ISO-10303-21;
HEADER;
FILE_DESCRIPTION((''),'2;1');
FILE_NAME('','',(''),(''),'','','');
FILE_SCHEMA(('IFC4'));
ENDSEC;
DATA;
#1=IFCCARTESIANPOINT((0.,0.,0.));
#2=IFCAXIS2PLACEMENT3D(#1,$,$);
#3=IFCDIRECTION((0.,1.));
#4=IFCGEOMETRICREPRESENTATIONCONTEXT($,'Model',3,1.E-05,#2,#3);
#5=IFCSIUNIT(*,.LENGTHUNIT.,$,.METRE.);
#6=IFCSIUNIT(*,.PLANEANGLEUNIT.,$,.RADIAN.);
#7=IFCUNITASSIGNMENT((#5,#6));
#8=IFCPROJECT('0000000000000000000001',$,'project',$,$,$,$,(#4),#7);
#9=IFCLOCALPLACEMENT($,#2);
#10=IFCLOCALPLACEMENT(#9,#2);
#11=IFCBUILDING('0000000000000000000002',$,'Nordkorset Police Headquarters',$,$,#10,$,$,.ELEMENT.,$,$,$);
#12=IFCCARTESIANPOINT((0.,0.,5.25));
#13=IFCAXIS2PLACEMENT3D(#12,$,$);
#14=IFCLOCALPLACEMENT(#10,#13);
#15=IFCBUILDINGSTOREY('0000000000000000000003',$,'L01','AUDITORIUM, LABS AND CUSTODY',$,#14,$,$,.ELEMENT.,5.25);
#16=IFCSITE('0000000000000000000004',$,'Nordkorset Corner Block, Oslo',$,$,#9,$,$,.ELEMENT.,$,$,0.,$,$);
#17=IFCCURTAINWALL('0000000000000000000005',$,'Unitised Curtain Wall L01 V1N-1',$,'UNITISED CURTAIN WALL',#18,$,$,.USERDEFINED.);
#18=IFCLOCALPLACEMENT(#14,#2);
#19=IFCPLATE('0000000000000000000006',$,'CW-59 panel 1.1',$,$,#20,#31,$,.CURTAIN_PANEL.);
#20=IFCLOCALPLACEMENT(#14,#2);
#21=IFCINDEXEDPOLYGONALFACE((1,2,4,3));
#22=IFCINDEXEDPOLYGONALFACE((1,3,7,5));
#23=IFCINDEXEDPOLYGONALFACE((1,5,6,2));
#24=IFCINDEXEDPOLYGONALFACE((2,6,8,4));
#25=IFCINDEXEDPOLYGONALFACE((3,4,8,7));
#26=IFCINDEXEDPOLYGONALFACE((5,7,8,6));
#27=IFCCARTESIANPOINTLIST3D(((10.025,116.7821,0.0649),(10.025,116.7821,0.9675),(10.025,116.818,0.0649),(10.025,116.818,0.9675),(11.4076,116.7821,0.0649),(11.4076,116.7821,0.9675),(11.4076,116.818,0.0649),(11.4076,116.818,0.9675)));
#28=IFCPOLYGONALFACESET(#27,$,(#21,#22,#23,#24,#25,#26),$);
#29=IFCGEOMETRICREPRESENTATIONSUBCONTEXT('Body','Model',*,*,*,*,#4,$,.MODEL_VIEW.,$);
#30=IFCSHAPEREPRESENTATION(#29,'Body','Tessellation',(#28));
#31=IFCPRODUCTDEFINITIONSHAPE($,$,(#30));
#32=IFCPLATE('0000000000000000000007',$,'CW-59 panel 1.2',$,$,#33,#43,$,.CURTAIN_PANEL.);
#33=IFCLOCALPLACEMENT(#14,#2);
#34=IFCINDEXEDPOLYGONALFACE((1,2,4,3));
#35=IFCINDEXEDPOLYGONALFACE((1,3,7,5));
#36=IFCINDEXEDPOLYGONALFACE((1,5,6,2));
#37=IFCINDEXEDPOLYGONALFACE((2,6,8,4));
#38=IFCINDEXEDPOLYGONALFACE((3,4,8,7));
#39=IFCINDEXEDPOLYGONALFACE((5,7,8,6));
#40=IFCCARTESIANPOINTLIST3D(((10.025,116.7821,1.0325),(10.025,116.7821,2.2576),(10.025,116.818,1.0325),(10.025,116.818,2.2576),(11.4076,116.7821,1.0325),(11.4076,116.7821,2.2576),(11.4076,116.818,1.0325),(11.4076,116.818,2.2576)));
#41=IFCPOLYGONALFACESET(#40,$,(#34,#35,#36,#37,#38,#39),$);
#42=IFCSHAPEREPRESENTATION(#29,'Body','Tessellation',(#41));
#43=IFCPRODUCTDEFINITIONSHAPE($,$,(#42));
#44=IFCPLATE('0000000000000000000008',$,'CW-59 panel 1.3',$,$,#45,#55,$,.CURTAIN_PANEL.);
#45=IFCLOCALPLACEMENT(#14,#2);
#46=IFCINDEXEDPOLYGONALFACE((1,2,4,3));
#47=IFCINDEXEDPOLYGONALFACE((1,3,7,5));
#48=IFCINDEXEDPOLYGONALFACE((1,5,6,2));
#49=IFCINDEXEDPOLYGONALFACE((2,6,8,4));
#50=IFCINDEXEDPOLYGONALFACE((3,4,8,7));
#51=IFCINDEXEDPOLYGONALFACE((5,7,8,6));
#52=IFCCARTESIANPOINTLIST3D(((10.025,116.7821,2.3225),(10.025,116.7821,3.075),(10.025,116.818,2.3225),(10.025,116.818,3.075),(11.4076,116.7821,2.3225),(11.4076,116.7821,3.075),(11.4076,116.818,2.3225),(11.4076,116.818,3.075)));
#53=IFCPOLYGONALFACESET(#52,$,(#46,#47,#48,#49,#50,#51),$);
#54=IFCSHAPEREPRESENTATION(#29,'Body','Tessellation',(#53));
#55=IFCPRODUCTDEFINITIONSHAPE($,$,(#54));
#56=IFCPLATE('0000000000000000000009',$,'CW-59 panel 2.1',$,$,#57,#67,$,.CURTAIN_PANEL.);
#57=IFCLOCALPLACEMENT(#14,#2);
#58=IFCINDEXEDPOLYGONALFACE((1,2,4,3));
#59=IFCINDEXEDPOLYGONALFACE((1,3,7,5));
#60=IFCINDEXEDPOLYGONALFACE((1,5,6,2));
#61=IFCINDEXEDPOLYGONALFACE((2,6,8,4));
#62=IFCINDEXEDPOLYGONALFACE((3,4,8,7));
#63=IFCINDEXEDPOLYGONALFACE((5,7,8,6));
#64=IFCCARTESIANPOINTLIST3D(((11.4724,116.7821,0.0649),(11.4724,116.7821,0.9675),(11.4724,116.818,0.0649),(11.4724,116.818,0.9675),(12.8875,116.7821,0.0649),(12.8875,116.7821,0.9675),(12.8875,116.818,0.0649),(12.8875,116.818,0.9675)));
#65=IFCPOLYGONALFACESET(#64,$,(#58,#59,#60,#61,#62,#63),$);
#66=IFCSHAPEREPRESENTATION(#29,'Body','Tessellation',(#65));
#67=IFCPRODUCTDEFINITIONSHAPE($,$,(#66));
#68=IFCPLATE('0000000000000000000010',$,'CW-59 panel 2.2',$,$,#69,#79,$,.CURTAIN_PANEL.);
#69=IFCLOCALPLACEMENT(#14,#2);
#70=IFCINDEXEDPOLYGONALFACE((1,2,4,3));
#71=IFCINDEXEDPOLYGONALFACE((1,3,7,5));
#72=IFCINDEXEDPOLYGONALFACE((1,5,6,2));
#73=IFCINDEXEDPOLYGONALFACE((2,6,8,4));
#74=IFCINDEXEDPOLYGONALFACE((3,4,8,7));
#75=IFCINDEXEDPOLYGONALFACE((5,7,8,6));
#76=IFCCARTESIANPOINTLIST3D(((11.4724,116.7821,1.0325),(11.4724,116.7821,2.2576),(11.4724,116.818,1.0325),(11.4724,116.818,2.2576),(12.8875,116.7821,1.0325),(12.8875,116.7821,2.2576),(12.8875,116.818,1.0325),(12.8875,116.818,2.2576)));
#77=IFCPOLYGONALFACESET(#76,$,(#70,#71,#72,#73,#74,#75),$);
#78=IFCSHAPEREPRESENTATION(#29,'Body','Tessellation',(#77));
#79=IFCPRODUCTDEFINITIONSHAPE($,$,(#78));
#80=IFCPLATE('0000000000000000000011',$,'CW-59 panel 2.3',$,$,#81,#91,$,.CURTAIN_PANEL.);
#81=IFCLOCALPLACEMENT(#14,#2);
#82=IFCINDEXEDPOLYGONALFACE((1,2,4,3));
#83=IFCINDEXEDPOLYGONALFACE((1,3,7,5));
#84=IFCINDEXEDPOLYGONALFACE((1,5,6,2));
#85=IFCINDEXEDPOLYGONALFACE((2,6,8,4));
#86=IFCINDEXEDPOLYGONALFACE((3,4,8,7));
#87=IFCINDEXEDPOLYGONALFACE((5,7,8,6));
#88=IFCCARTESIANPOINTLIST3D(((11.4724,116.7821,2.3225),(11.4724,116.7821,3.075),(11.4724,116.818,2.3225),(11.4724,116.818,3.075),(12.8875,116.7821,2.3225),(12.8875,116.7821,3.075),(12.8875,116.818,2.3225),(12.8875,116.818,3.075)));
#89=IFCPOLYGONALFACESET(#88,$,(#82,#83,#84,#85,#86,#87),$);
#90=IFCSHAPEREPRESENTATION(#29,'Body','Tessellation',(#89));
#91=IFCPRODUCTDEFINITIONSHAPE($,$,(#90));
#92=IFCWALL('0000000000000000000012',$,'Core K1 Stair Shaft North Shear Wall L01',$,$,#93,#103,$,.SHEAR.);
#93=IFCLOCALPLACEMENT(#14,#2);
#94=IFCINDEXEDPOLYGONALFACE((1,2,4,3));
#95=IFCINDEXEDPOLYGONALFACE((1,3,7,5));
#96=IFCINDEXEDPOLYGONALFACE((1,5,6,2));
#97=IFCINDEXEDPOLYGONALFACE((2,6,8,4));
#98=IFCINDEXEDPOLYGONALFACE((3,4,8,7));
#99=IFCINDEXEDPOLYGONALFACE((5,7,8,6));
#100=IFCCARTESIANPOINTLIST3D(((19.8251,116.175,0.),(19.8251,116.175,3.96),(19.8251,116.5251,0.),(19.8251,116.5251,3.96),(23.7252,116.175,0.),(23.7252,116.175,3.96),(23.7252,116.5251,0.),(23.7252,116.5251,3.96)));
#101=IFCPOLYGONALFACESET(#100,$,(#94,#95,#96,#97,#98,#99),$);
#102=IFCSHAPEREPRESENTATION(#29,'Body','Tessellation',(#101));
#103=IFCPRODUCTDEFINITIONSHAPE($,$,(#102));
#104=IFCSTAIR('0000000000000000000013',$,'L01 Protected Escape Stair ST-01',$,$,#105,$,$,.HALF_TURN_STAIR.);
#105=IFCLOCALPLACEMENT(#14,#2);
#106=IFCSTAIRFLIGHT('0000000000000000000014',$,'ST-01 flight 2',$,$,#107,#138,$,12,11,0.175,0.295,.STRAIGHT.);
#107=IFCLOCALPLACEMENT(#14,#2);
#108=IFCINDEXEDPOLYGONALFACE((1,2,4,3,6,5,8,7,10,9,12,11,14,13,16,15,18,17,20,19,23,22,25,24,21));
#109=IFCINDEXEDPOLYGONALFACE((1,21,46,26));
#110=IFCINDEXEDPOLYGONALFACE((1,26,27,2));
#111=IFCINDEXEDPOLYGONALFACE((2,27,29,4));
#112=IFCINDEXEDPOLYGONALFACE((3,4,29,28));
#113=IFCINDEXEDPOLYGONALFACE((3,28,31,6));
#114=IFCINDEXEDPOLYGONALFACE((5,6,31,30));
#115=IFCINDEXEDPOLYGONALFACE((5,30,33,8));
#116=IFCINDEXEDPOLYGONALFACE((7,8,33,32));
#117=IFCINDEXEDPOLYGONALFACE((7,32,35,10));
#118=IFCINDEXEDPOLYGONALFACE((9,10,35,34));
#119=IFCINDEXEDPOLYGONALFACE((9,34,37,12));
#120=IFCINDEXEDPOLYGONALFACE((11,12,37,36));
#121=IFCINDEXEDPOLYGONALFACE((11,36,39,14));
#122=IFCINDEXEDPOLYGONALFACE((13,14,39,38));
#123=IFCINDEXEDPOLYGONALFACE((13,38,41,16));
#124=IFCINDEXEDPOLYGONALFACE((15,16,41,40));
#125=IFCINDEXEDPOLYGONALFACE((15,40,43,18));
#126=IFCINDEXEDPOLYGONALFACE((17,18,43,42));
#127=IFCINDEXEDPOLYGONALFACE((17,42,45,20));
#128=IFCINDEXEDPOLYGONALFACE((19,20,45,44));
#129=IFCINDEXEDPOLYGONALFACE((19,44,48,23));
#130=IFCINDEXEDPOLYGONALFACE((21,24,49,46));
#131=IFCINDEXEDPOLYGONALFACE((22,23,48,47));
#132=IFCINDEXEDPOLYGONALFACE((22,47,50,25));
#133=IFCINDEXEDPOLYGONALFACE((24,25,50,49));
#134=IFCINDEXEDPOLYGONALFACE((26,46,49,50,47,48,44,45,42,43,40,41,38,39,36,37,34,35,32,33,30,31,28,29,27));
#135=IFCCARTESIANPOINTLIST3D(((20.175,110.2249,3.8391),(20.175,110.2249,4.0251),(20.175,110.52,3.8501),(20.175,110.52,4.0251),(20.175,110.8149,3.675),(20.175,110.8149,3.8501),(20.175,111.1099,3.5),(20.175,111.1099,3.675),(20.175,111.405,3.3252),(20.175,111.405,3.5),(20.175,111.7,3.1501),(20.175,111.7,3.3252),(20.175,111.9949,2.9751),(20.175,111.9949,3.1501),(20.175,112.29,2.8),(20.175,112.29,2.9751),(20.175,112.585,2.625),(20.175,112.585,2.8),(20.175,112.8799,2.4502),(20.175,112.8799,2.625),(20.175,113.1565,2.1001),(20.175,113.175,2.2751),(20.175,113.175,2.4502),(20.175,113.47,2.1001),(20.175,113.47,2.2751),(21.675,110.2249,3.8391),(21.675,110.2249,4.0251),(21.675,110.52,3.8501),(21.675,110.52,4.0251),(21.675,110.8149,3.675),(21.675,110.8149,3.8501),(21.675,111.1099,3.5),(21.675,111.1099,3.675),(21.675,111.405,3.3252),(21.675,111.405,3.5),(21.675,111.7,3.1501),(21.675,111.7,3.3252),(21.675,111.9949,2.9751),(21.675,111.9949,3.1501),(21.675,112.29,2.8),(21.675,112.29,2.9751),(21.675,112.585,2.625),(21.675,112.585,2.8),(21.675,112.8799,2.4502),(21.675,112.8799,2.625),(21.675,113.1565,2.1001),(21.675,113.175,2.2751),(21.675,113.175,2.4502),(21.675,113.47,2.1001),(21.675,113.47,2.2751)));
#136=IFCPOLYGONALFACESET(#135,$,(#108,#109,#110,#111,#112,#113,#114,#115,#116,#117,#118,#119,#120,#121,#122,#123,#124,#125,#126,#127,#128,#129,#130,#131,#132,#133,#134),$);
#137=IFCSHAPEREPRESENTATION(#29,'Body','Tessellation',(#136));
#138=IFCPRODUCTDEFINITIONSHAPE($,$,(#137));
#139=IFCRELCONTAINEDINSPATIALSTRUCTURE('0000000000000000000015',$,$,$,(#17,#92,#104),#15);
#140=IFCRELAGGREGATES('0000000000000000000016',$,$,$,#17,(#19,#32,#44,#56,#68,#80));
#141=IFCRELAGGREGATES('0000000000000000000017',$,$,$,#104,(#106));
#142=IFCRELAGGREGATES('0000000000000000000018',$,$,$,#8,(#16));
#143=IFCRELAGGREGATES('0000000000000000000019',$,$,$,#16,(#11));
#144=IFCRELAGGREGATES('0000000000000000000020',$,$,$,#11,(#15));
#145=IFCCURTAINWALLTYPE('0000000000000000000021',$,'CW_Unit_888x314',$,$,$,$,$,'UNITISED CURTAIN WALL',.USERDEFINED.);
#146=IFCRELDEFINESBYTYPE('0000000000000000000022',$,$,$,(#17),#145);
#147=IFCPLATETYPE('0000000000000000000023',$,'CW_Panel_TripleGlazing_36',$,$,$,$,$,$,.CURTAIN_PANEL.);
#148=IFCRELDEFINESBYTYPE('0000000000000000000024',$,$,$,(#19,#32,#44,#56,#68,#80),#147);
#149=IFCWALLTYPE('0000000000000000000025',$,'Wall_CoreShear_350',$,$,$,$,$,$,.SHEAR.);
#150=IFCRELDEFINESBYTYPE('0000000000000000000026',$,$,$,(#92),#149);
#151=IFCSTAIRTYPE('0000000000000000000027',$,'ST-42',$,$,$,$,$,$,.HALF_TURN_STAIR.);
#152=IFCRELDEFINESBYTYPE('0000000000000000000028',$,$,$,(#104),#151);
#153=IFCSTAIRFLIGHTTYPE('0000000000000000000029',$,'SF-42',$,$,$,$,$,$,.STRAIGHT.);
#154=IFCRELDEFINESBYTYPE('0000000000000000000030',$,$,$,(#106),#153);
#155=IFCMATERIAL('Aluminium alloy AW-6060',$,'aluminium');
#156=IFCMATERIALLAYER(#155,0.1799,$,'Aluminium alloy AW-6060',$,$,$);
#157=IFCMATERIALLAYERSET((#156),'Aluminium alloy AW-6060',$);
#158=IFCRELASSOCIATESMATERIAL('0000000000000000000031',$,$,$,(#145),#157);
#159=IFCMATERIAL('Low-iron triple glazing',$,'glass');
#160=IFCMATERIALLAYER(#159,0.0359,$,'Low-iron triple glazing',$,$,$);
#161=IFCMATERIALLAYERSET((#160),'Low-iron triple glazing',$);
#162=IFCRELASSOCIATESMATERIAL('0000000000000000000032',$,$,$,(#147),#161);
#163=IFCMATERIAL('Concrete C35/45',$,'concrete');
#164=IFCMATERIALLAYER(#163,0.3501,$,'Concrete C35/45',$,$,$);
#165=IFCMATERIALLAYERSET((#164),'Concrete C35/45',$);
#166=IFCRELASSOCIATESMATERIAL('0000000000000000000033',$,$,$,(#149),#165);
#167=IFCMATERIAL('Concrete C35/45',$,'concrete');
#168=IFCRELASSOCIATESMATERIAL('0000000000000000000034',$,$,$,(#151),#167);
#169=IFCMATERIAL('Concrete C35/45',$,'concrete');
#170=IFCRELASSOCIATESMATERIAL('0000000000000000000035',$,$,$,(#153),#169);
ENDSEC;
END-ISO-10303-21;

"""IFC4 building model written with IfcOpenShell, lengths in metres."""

from ifc_helpers import new_model, si_unit, direction, frame, frame_2d, origin, origin_2d, place, context, subcontext, project, spatial, polyline, rectangle, outline, extrude, material, layer, layer_set, type_object, element, aggregate, save


model = new_model("IFC4")

# Units and contexts
model_context = context("Model", 3, precision=1e-05, world=origin(), true_north=direction((0.0, 1.0)))
body_context = subcontext(model_context, "Body", "Model", "MODEL_VIEW")
ifc_project = project(units=[si_unit("LENGTHUNIT", "METRE"), si_unit("PLANEANGLEUNIT", "RADIAN")], contexts=[model_context])

# Site, building, storey
site_placement = place(None, origin())
site = spatial("IfcSite", under=ifc_project, at=site_placement, Name="Nordkorset Corner Block, Oslo", CompositionType="ELEMENT", RefElevation=0.0)
building_placement = place(site_placement, origin())
building = spatial("IfcBuilding", under=site, at=building_placement, Name="Nordkorset Police Headquarters", CompositionType="ELEMENT")
storey_placement = place(building_placement, frame((0.0, 0.0, 5.25)))
storey = spatial("IfcBuildingStorey", under=building, at=storey_placement, Name="L01", Description="AUDITORIUM, LABS AND CUSTODY", CompositionType="ELEMENT", Elevation=5.25)

# Curtain wall, plates
ifc_material_1 = material(Name="Aluminium alloy AW-6060", Category="aluminium")
ifc_layer_1 = layer(ifc_material_1, 0.1799, Name="Aluminium alloy AW-6060")
ifc_layer_set_1 = layer_set([ifc_layer_1], Name="Aluminium alloy AW-6060")
curtain_wall_type = type_object("IfcCurtainWallType", Name="CW_Unit_888x314", ElementType="UNITISED CURTAIN WALL", PredefinedType="USERDEFINED", material=ifc_layer_set_1)
curtain_wall_placement = place(storey_placement, origin())
curtain_wall = element("IfcCurtainWall", 1, at=curtain_wall_placement, inside=storey, type_object=curtain_wall_type, Name="Unitised Curtain Wall L01 V1N-1", ObjectType="UNITISED CURTAIN WALL", PredefinedType="USERDEFINED")
ifc_material_2 = material(Name="Low-iron triple glazing", Category="glass")
ifc_layer_2 = layer(ifc_material_2, 0.0359, Name="Low-iron triple glazing")
ifc_layer_set_2 = layer_set([ifc_layer_2], Name="Low-iron triple glazing")
plate_type = type_object("IfcPlateType", Name="CW_Panel_TripleGlazing_36", PredefinedType="CURTAIN_PANEL", material=ifc_layer_set_2)
plate_1_placement = place(storey_placement, frame((10.7163, 116.8, 0.0649), z_axis=(0.0, 0.0, 1.0), x_axis=(1.0, 0.0, 0.0)))
plate_1 = element("IfcPlate", 2, at=plate_1_placement, type_object=plate_type, Name="CW-59 panel 1.1", PredefinedType="CURTAIN_PANEL", context=body_context, shape_type="SweptSolid", body=[
    extrude(rectangle(XDim=1.3826, YDim=0.0359, at=origin_2d()), origin(), (0.0, 0.0, 1.0), 0.9026),
])
plate_2_placement = place(storey_placement, frame((10.7163, 116.8, 1.0325), z_axis=(0.0, 0.0, 1.0), x_axis=(1.0, 0.0, 0.0)))
plate_2 = element("IfcPlate", 3, at=plate_2_placement, type_object=plate_type, Name="CW-59 panel 1.2", PredefinedType="CURTAIN_PANEL", context=body_context, shape_type="SweptSolid", body=[
    extrude(rectangle(XDim=1.3826, YDim=0.0359, at=origin_2d()), origin(), (0.0, 0.0, 1.0), 1.2251),
])
plate_3_placement = place(storey_placement, frame((10.7163, 116.8, 2.3225), z_axis=(0.0, 0.0, 1.0), x_axis=(1.0, 0.0, 0.0)))
plate_3 = element("IfcPlate", 4, at=plate_3_placement, type_object=plate_type, Name="CW-59 panel 1.3", PredefinedType="CURTAIN_PANEL", context=body_context, shape_type="SweptSolid", body=[
    extrude(rectangle(XDim=1.3826, YDim=0.0359, at=origin_2d()), origin(), (0.0, 0.0, 1.0), 0.7524),
])
plate_4_placement = place(storey_placement, frame((12.1799, 116.8, 0.0649), z_axis=(0.0, 0.0, 1.0), x_axis=(1.0, 0.0, 0.0)))
plate_4 = element("IfcPlate", 5, at=plate_4_placement, type_object=plate_type, Name="CW-59 panel 2.1", PredefinedType="CURTAIN_PANEL", context=body_context, shape_type="SweptSolid", body=[
    extrude(rectangle(XDim=1.415, YDim=0.0359, at=origin_2d()), origin(), (0.0, 0.0, 1.0), 0.9026),
])
plate_5_placement = place(storey_placement, frame((12.1799, 116.8, 1.0325), z_axis=(0.0, 0.0, 1.0), x_axis=(1.0, 0.0, 0.0)))
plate_5 = element("IfcPlate", 6, at=plate_5_placement, type_object=plate_type, Name="CW-59 panel 2.2", PredefinedType="CURTAIN_PANEL", context=body_context, shape_type="SweptSolid", body=[
    extrude(rectangle(XDim=1.415, YDim=0.0359, at=origin_2d()), origin(), (0.0, 0.0, 1.0), 1.2251),
])
plate_6_placement = place(storey_placement, frame((12.1799, 116.8, 2.3225), z_axis=(0.0, 0.0, 1.0), x_axis=(1.0, 0.0, 0.0)))
plate_6 = element("IfcPlate", 7, at=plate_6_placement, type_object=plate_type, Name="CW-59 panel 2.3", PredefinedType="CURTAIN_PANEL", context=body_context, shape_type="SweptSolid", body=[
    extrude(rectangle(XDim=1.415, YDim=0.0359, at=origin_2d()), origin(), (0.0, 0.0, 1.0), 0.7524),
])
aggregate(curtain_wall, [plate_1, plate_2, plate_3, plate_4, plate_5, plate_6])

# Wall
ifc_material_3 = material(Name="Concrete C35/45", Category="concrete")
ifc_layer_3 = layer(ifc_material_3, 0.3501, Name="Concrete C35/45")
ifc_layer_set_3 = layer_set([ifc_layer_3], Name="Concrete C35/45")
wall_type = type_object("IfcWallType", Name="Wall_CoreShear_350", PredefinedType="SHEAR", material=ifc_layer_set_3)
wall_placement = place(storey_placement, frame((19.825, 116.3501, 0.0), z_axis=(0.0, 0.0, 1.0), x_axis=(1.0, 0.0, 0.0)))
element("IfcWall", 8, at=wall_placement, inside=storey, type_object=wall_type, Name="Core K1 Stair Shaft North Shear Wall L01", PredefinedType="SHEAR", context=body_context, shape_type="SweptSolid", body=[
    extrude(rectangle(XDim=3.9001, YDim=0.3501, at=frame_2d((1.9502, 0.0))), origin(), (0.0, 0.0, 1.0), 3.96),
])

# Stair, stair flight
ifc_material_4 = material(Name="Concrete C35/45", Category="concrete")
stair_type = type_object("IfcStairType", Name="ST-42", PredefinedType="HALF_TURN_STAIR", material=ifc_material_4)
stair_placement = place(storey_placement, origin())
stair = element("IfcStair", 9, at=stair_placement, inside=storey, type_object=stair_type, Name="L01 Protected Escape Stair ST-01", PredefinedType="HALF_TURN_STAIR")
ifc_material_5 = material(Name="Concrete C35/45", Category="concrete")
stair_flight_type = type_object("IfcStairFlightType", Name="SF-42", PredefinedType="STRAIGHT", material=ifc_material_5)
stair_flight_placement = place(storey_placement, frame((20.925, 113.47, 2.1001), z_axis=(0.0, 0.0, 1.0), x_axis=(0.0, -1.0, 0.0)))
stair_flight = element("IfcStairFlight", 10, at=stair_flight_placement, type_object=stair_flight_type, Name="ST-01 flight 2", NumberOfRisers=12, NumberOfTreads=11, PredefinedType="STRAIGHT", RiserHeight=0.175, TreadLength=0.295, context=body_context, shape_type="SweptSolid", body=[
    extrude(outline(polyline([(0.0, 0.0), (0.0, 0.175), (0.2949, 0.175), (0.2949, 0.3501), (0.5901, 0.3501), (0.5901, 0.5249), (0.885, 0.5249), (0.885, 0.7), (1.1799, 0.7), (1.1799, 0.875), (1.4751, 0.875), (1.4751, 1.05), (1.77, 1.05), (1.77, 1.2251), (2.0649, 1.2251), (2.0649, 1.3999), (2.3601, 1.3999), (2.3601, 1.575), (2.655, 1.575), (2.655, 1.75), (2.95, 1.75), (2.95, 1.925), (3.2451, 1.925), (3.2451, 2.1001), (3.2451, 1.739), (0.3135, 0.0), (0.0, 0.0)])), frame((0.0, 0.75, 0.0), z_axis=(0.0, -1.0, 0.0), x_axis=(1.0, 0.0, 0.0)), (0.0, 0.0, 1.0), 1.5),
])
aggregate(stair, [stair_flight])

save(model, "model.ifc")
